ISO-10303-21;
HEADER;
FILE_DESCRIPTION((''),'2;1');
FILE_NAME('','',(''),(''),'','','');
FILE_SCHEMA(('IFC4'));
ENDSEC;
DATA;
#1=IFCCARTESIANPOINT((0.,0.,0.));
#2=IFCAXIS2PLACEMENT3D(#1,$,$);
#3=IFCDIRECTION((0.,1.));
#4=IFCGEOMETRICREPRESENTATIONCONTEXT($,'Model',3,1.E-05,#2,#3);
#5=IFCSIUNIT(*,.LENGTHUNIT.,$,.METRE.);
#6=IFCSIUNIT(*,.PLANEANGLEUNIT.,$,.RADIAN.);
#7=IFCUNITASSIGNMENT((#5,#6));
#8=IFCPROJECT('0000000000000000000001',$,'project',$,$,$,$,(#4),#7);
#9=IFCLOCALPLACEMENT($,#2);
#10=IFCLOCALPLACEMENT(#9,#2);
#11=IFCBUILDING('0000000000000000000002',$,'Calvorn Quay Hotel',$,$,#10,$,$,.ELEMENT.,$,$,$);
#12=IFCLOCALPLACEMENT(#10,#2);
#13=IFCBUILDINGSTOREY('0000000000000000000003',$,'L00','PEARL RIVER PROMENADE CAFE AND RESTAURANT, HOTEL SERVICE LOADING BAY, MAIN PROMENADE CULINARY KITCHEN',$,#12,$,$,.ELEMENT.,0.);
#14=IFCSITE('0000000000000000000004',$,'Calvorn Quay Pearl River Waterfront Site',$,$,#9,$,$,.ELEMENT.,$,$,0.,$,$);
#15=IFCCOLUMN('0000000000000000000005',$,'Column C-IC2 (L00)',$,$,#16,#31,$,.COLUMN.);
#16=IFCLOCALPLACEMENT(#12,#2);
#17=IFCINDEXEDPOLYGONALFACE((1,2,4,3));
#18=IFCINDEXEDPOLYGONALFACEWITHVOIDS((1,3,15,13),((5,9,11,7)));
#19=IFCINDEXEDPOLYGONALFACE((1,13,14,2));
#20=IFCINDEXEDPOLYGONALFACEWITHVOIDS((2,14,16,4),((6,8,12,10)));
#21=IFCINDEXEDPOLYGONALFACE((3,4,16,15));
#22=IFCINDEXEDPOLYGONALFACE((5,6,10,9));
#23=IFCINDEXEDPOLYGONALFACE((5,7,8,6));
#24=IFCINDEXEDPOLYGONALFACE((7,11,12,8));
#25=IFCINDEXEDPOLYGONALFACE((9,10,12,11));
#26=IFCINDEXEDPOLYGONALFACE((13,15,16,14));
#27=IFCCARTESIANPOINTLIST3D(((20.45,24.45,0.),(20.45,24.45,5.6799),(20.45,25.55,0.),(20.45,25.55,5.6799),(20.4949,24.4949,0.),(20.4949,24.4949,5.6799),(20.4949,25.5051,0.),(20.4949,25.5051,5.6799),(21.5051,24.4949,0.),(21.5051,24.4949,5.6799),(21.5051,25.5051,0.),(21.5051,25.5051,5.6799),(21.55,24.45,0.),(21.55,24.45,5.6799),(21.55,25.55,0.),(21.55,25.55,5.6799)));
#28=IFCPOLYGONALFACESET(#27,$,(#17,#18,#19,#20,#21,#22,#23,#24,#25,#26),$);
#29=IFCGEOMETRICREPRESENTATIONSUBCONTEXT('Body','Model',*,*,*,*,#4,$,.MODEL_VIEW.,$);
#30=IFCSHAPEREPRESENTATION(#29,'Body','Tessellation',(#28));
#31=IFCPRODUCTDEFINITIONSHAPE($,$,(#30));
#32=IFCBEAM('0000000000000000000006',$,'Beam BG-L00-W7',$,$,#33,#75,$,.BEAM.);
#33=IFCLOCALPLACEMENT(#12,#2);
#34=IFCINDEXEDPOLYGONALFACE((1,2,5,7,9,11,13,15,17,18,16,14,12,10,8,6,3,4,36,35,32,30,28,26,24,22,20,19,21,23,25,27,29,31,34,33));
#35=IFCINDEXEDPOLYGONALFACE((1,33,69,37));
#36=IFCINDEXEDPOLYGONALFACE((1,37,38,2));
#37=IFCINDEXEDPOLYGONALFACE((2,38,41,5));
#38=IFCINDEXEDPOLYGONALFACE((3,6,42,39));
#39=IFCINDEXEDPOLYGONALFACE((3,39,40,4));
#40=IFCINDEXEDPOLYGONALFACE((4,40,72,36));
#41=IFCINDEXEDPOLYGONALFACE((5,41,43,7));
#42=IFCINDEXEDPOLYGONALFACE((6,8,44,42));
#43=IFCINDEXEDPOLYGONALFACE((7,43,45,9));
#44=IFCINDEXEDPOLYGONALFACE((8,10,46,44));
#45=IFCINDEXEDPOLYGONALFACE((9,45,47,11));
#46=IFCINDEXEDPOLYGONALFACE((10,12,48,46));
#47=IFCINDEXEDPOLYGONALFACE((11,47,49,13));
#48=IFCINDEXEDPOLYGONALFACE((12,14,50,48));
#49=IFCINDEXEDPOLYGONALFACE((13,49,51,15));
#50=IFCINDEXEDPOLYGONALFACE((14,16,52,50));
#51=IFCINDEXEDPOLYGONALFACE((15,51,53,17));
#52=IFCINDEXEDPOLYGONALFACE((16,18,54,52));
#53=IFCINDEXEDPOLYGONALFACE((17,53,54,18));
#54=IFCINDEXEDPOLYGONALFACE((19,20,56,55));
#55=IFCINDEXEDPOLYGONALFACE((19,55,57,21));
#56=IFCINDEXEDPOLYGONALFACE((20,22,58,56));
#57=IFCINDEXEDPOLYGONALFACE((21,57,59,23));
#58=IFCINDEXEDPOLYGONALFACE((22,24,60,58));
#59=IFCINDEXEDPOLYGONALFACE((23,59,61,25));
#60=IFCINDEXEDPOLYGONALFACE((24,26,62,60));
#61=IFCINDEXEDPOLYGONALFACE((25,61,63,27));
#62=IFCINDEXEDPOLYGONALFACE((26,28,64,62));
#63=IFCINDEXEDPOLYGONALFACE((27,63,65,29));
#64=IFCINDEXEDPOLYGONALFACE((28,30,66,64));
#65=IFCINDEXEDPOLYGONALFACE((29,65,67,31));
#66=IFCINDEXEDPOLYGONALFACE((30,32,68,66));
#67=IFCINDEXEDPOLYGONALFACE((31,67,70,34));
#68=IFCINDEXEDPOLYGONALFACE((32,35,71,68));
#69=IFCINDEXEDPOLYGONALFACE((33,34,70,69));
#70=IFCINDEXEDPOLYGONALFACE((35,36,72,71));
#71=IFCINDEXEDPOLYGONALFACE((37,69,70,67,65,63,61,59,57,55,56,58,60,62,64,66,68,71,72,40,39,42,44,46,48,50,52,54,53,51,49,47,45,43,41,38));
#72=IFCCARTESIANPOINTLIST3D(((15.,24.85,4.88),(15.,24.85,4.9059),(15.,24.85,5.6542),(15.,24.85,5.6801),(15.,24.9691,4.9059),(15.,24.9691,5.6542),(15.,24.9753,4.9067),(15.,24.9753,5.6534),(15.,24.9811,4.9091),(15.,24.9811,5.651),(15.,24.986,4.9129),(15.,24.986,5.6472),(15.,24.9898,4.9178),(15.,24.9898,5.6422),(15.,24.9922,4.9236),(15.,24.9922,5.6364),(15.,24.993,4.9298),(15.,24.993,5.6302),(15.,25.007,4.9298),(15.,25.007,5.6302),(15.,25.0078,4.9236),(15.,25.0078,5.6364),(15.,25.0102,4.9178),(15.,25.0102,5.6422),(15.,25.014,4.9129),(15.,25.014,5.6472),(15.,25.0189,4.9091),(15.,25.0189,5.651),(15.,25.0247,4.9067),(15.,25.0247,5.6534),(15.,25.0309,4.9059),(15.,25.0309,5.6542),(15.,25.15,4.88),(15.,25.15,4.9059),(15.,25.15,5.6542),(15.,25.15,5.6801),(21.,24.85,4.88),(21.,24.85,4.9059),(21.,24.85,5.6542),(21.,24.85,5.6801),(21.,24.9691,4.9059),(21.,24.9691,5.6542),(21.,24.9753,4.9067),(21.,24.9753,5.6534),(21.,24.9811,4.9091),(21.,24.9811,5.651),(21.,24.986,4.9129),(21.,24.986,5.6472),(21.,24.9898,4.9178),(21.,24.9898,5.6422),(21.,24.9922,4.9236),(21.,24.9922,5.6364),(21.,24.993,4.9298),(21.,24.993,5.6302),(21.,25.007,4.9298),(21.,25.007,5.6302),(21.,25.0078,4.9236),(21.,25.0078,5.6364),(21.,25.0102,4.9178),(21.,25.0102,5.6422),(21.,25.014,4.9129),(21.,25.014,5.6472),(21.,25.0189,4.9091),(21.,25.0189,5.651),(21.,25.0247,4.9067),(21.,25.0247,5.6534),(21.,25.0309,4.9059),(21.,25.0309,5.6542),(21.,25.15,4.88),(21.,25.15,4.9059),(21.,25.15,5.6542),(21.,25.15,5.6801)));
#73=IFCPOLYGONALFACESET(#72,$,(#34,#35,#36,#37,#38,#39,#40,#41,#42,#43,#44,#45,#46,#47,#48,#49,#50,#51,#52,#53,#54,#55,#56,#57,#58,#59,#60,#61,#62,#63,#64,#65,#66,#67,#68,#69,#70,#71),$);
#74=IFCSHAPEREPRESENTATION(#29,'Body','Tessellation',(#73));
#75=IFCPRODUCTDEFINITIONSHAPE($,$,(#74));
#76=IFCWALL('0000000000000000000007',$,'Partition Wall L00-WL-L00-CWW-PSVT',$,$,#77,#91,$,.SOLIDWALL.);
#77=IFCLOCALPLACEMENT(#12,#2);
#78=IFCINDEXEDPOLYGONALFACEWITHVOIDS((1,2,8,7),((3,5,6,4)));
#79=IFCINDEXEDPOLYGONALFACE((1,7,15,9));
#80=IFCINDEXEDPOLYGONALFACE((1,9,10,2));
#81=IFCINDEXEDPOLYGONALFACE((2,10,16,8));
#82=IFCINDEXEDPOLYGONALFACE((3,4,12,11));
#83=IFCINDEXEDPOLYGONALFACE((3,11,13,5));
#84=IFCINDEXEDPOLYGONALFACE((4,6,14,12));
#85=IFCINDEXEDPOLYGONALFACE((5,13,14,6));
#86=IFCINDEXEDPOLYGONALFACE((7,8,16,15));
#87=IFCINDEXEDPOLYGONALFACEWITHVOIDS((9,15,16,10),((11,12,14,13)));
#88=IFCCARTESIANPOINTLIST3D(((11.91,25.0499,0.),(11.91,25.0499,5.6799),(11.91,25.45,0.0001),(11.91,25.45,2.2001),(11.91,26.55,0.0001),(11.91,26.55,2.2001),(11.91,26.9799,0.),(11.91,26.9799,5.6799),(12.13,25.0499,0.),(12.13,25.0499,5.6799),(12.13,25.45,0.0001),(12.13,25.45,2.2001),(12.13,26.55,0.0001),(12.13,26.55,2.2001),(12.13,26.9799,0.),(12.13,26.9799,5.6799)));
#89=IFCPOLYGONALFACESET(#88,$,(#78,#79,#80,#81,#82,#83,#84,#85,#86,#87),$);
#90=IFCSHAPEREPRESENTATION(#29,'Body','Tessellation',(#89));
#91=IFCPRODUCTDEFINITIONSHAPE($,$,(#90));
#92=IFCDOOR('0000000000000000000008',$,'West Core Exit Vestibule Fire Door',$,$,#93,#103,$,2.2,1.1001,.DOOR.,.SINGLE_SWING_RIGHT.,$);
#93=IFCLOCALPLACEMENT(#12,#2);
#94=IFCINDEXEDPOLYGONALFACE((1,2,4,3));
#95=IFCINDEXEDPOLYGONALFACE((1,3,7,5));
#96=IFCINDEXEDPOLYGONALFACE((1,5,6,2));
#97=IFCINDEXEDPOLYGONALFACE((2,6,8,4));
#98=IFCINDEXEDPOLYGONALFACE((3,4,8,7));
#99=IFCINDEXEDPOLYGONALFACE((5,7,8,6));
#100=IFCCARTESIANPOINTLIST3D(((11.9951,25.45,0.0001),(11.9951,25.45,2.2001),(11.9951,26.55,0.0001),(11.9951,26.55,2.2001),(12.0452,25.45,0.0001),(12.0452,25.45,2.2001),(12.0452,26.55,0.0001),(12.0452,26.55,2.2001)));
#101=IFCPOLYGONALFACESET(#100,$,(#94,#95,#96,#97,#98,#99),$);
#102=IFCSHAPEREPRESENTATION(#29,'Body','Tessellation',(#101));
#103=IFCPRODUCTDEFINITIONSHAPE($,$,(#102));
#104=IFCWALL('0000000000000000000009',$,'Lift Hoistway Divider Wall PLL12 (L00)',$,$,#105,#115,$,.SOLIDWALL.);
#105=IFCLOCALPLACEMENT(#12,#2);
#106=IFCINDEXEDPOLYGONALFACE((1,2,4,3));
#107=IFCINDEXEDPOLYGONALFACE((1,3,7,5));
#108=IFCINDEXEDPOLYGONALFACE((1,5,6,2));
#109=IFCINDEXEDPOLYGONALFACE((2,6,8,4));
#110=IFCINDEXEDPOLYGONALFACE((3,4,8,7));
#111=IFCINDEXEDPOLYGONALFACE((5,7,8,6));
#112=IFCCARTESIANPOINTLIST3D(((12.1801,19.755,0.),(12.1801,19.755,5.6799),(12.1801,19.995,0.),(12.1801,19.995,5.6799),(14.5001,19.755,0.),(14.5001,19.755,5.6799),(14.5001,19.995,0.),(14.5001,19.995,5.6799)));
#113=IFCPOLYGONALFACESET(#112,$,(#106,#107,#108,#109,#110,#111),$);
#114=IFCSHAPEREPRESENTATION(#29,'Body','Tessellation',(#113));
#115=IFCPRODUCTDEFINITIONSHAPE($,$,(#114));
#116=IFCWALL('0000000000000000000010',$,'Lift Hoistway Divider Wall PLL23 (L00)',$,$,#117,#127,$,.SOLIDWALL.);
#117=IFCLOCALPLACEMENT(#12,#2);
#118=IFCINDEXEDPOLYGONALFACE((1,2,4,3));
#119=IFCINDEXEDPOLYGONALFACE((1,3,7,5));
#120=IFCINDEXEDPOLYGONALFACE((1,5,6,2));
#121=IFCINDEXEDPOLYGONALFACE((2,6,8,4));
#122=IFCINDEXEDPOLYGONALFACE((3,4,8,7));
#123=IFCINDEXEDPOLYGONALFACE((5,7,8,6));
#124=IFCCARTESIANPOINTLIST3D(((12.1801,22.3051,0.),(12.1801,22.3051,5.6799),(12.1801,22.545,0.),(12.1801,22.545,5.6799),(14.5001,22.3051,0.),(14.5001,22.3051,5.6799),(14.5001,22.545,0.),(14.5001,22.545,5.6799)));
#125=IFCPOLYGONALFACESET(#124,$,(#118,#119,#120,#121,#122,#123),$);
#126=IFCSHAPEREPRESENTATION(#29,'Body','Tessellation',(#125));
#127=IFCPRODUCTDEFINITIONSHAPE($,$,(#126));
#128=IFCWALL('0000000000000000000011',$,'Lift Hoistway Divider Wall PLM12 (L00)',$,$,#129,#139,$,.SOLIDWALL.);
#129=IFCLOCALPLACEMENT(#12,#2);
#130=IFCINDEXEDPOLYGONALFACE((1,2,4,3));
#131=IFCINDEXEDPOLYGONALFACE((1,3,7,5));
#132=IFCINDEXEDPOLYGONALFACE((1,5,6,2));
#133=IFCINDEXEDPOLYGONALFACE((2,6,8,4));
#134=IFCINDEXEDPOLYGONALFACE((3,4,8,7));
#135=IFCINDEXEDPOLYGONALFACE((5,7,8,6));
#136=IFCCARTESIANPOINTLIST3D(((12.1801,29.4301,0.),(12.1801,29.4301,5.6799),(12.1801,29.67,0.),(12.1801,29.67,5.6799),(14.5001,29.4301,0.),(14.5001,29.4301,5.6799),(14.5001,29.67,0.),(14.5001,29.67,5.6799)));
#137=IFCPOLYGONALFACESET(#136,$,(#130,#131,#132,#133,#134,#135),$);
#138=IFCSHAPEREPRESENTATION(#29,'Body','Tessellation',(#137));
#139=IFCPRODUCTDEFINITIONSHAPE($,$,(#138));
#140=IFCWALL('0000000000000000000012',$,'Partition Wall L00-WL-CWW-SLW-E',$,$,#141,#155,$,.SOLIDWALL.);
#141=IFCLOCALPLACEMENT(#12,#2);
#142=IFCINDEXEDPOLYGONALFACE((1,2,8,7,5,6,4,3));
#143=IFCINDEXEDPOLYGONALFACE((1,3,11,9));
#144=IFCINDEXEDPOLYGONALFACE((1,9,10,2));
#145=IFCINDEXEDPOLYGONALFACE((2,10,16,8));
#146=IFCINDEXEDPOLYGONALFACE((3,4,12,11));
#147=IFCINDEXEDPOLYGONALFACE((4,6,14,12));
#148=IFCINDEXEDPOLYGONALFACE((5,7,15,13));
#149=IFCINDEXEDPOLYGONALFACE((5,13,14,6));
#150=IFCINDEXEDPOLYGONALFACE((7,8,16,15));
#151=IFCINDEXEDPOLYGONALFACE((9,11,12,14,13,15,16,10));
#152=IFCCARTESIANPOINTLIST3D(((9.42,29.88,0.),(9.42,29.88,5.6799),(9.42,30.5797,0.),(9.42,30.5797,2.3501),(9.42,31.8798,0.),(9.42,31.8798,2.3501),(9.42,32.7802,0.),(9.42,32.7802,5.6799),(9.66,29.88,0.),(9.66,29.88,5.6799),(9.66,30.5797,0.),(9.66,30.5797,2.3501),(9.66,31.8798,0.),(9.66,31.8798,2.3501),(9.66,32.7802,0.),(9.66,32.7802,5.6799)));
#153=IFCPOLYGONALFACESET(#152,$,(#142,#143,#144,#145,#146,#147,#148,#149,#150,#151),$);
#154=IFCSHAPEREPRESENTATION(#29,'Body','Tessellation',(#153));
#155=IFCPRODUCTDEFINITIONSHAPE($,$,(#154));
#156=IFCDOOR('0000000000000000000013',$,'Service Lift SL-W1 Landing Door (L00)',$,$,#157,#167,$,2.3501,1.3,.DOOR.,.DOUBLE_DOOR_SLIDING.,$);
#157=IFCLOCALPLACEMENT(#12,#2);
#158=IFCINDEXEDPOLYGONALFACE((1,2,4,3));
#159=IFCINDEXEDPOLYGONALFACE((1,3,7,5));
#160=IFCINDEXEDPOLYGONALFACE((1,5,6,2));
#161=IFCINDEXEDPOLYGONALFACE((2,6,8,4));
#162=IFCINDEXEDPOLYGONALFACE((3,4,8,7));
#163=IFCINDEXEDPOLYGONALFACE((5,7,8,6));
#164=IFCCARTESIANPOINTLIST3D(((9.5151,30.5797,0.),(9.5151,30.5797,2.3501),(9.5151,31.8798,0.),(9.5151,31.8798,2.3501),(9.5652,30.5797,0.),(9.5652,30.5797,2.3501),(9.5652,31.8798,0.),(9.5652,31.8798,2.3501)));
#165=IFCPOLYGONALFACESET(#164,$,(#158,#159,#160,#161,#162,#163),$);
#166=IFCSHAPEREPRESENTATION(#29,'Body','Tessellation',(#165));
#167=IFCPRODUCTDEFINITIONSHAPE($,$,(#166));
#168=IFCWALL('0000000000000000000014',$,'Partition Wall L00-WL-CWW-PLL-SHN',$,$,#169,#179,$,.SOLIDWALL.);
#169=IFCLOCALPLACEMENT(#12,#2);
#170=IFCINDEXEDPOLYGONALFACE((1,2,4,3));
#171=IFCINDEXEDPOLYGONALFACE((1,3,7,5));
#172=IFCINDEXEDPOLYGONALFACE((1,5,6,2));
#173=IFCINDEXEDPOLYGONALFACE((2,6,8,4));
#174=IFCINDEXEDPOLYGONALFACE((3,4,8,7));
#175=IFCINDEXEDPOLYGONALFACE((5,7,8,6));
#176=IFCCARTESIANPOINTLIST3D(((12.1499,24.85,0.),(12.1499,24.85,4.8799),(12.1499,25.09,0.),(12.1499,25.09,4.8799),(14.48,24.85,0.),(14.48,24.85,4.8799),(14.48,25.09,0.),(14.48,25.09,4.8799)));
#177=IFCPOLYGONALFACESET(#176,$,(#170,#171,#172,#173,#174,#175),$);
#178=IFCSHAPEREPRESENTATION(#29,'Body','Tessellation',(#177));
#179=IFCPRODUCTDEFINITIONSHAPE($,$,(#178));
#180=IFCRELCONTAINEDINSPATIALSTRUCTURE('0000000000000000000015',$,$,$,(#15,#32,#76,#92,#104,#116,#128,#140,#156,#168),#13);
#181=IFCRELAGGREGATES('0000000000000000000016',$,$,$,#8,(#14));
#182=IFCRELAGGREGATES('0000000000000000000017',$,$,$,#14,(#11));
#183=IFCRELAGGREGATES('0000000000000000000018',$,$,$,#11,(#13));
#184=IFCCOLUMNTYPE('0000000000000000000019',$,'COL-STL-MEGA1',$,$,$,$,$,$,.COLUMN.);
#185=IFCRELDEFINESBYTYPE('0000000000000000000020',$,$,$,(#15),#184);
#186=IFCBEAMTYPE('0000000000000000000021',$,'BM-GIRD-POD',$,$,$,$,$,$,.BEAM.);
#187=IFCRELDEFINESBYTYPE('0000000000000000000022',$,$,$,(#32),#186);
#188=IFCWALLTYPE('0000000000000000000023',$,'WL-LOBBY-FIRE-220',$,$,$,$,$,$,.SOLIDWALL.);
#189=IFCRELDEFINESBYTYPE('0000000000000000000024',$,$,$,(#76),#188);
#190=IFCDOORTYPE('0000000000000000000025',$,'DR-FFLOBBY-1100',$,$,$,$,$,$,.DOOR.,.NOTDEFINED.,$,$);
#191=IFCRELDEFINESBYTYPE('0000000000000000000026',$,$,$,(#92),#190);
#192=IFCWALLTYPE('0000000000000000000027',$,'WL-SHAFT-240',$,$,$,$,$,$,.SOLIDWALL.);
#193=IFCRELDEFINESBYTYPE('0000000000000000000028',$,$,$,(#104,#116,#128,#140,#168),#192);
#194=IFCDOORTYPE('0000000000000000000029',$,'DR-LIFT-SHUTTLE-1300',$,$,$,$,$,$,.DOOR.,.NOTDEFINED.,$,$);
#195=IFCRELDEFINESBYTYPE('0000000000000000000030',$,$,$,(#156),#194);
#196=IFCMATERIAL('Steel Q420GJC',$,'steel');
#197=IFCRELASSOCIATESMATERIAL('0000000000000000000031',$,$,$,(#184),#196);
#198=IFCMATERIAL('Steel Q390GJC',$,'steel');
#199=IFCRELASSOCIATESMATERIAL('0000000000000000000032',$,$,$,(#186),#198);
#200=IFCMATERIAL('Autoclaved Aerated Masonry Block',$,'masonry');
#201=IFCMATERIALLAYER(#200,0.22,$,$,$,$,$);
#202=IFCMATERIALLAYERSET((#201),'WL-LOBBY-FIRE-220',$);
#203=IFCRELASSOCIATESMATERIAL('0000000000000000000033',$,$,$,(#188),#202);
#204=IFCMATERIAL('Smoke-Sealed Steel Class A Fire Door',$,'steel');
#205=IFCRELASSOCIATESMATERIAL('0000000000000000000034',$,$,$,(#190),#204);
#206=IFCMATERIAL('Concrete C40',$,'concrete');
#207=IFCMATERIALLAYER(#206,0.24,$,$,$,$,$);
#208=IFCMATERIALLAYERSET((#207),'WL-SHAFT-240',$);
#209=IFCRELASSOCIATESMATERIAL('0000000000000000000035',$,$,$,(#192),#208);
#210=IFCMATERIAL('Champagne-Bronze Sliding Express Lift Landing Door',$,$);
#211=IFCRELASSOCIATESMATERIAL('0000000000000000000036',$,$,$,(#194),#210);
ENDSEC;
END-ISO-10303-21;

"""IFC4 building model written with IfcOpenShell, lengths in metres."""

from ifc_helpers import new_model, si_unit, direction, frame, frame_2d, origin, origin_2d, place, context, subcontext, project, spatial, rectangle, hollow_rectangle, i_section, extrude, material, layer, layer_set, material_profile, profile_set, type_object, element, fill, save


model = new_model("IFC4")

# Units and contexts
model_context = context("Model", 3, precision=1e-05, world=origin(), true_north=direction((0.0, 1.0)))
body_context = subcontext(model_context, "Body", "Model", "MODEL_VIEW")
ifc_project = project(units=[si_unit("LENGTHUNIT", "METRE"), si_unit("PLANEANGLEUNIT", "RADIAN")], contexts=[model_context])

# Site, building, storey
site_placement = place(None, origin())
site = spatial("IfcSite", under=ifc_project, at=site_placement, Name="Calvorn Quay Pearl River Waterfront Site", CompositionType="ELEMENT", RefElevation=0.0)
building_placement = place(site_placement, origin())
building = spatial("IfcBuilding", under=site, at=building_placement, Name="Calvorn Quay Hotel", CompositionType="ELEMENT")
storey_placement = place(building_placement, origin())
storey = spatial("IfcBuildingStorey", under=building, at=storey_placement, Name="L00", Description="PEARL RIVER PROMENADE CAFE AND RESTAURANT, HOTEL SERVICE LOADING BAY, MAIN PROMENADE CULINARY KITCHEN", CompositionType="ELEMENT", Elevation=0.0)

# Column
ifc_material_1 = material(Name="Steel Q420GJC", Category="steel")
ifc_material_profile_1 = material_profile(ifc_material_1, hollow_rectangle(XDim=1.1001, YDim=1.1001, WallThickness=0.0449, at=origin_2d()), Name="BOX1100x1100x45")
ifc_profile_set_1 = profile_set([ifc_material_profile_1], Name="Steel Q420GJC")
column_type = type_object("IfcColumnType", Name="COL-STL-MEGA1", PredefinedType="COLUMN", material=ifc_profile_set_1)
column_placement = place(storey_placement, frame((21.0, 25.0, 0.0), z_axis=(0.0, 0.0, 1.0), x_axis=(1.0, 0.0, 0.0)))
element("IfcColumn", 1, at=column_placement, inside=storey, type_object=column_type, Name="Column C-IC2 (L00)", PredefinedType="COLUMN", context=body_context, shape_type="SweptSolid", body=[
    extrude(hollow_rectangle(XDim=1.1001, YDim=1.1001, WallThickness=0.0449, at=origin_2d()), origin(), (0.0, 0.0, 1.0), 5.6799),
])

# Beam
ifc_material_2 = material(Name="Steel Q390GJC", Category="steel")
ifc_material_profile_2 = material_profile(ifc_material_2, i_section(OverallWidth=0.3, OverallDepth=0.8, WebThickness=0.0139, FlangeThickness=0.0259, FilletRadius=0.0239, at=origin_2d()), Name="HN800x300x14x26")
ifc_profile_set_2 = profile_set([ifc_material_profile_2], Name="Steel Q390GJC")
beam_type = type_object("IfcBeamType", Name="BM-GIRD-POD", PredefinedType="BEAM", material=ifc_profile_set_2)
beam_placement = place(storey_placement, frame((21.0, 25.0, 5.28), z_axis=(-1.0, 0.0, 0.0), x_axis=(0.0, -1.0, 0.0)))
element("IfcBeam", 2, at=beam_placement, inside=storey, type_object=beam_type, Name="Beam BG-L00-W7", PredefinedType="BEAM", context=body_context, shape_type="SweptSolid", body=[
    extrude(i_section(OverallWidth=0.3, OverallDepth=0.8, WebThickness=0.0139, FlangeThickness=0.0259, FilletRadius=0.0239, at=origin_2d()), origin(), (0.0, 0.0, 1.0), 6.0),
])

# Wall, opening, door
ifc_material_3 = material(Name="Autoclaved Aerated Masonry Block", Category="masonry")
ifc_layer_1 = layer(ifc_material_3, 0.22)
ifc_layer_set_1 = layer_set([ifc_layer_1], Name="WL-LOBBY-FIRE-220")
wall_type_1 = type_object("IfcWallType", Name="WL-LOBBY-FIRE-220", PredefinedType="SOLIDWALL", material=ifc_layer_set_1)
wall_1_placement = place(storey_placement, frame((12.02, 25.05, 0.0), z_axis=(0.0, 0.0, 1.0), x_axis=(0.0, 1.0, 0.0)))
wall_1 = element("IfcWall", 3, at=wall_1_placement, inside=storey, type_object=wall_type_1, Name="Partition Wall L00-WL-L00-CWW-PSVT", PredefinedType="SOLIDWALL", context=body_context, shape_type="SweptSolid", body=[
    extrude(rectangle(XDim=1.9299, YDim=0.22, at=frame_2d((0.9648, 0.0))), origin(), (0.0, 0.0, 1.0), 5.6799),
])
opening_1_placement = place(wall_1_placement, frame((0.3999, 0.0, 0.0)))
opening_1 = element("IfcOpeningElement", 4, at=opening_1_placement, cuts=wall_1, PredefinedType="OPENING", context=body_context, shape_type="SweptSolid", body=[
    extrude(rectangle(XDim=1.1001, YDim=2.2, at=frame_2d((0.55, 1.1001))), frame((0.0, 0.1199, 0.0), z_axis=(0.0, -1.0, 0.0), x_axis=(1.0, 0.0, 0.0)), (0.0, 0.0, 1.0), 0.24),
])
ifc_material_4 = material(Name="Smoke-Sealed Steel Class A Fire Door", Category="steel")
door_type_1 = type_object("IfcDoorType", Name="DR-FFLOBBY-1100", OperationType="NOTDEFINED", PredefinedType="DOOR", material=ifc_material_4)
door_1_placement = place(opening_1_placement, origin())
door_1 = element("IfcDoor", 5, at=door_1_placement, inside=storey, type_object=door_type_1, Name="West Core Exit Vestibule Fire Door", OperationType="SINGLE_SWING_RIGHT", OverallHeight=2.2, OverallWidth=1.1001, PredefinedType="DOOR", context=body_context, shape_type="SweptSolid", body=[
    extrude(rectangle(XDim=1.1001, YDim=2.2, at=frame_2d((0.55, 1.1001))), frame((0.0, 0.0249, 0.0), z_axis=(0.0, -1.0, 0.0), x_axis=(1.0, 0.0, 0.0)), (0.0, 0.0, 1.0), 0.05),
])
fill(opening_1, door_1)

# Walls
ifc_material_5 = material(Name="Concrete C40", Category="concrete")
ifc_layer_2 = layer(ifc_material_5, 0.24)
ifc_layer_set_2 = layer_set([ifc_layer_2], Name="WL-SHAFT-240")
wall_type_2 = type_object("IfcWallType", Name="WL-SHAFT-240", PredefinedType="SOLIDWALL", material=ifc_layer_set_2)
for number, where, z_axis, x_axis, name in (
    (6, (12.1799, 19.875, 0.0), (0.0, 0.0, 1.0), (1.0, 0.0, 0.0), "Lift Hoistway Divider Wall PLL12 (L00)"),
    (7, (12.1799, 22.425, 0.0), (0.0, 0.0, 1.0), (1.0, 0.0, 0.0), "Lift Hoistway Divider Wall PLL23 (L00)"),
    (8, (12.1799, 29.55, 0.0), (0.0, 0.0, 1.0), (1.0, 0.0, 0.0), "Lift Hoistway Divider Wall PLM12 (L00)"),
):
    element("IfcWall", number, at=place(storey_placement, frame(where, z_axis=z_axis, x_axis=x_axis)), inside=storey, type_object=wall_type_2, Name=name, PredefinedType="SOLIDWALL", context=body_context, shape_type="SweptSolid", body=[
        extrude(rectangle(XDim=2.3201, YDim=0.24, at=frame_2d((1.1602, 0.0))), origin(), (0.0, 0.0, 1.0), 5.6799),
    ])

# Wall, opening, door
wall_2_placement = place(storey_placement, frame((9.54, 29.8799, 0.0), z_axis=(0.0, 0.0, 1.0), x_axis=(0.0, 1.0, 0.0)))
wall_2 = element("IfcWall", 9, at=wall_2_placement, inside=storey, type_object=wall_type_2, Name="Partition Wall L00-WL-CWW-SLW-E", PredefinedType="SOLIDWALL", context=body_context, shape_type="SweptSolid", body=[
    extrude(rectangle(XDim=2.9001, YDim=0.24, at=frame_2d((1.4502, 0.0))), origin(), (0.0, 0.0, 1.0), 5.6799),
])
opening_2_placement = place(wall_2_placement, frame((0.7, 0.0, 0.0)))
opening_2 = element("IfcOpeningElement", 10, at=opening_2_placement, cuts=wall_2, PredefinedType="OPENING", context=body_context, shape_type="SweptSolid", body=[
    extrude(rectangle(XDim=1.3, YDim=2.3501, at=frame_2d((0.6499, 1.175))), frame((0.0, 0.1299, 0.0), z_axis=(0.0, -1.0, 0.0), x_axis=(1.0, 0.0, 0.0)), (0.0, 0.0, 1.0), 0.26),
])
ifc_material_6 = material(Name="Champagne-Bronze Sliding Express Lift Landing Door")
door_type_2 = type_object("IfcDoorType", Name="DR-LIFT-SHUTTLE-1300", OperationType="NOTDEFINED", PredefinedType="DOOR", material=ifc_material_6)
door_2_placement = place(opening_2_placement, origin())
door_2 = element("IfcDoor", 11, at=door_2_placement, inside=storey, type_object=door_type_2, Name="Service Lift SL-W1 Landing Door (L00)", OperationType="DOUBLE_DOOR_SLIDING", OverallHeight=2.3501, OverallWidth=1.3, PredefinedType="DOOR", context=body_context, shape_type="SweptSolid", body=[
    extrude(rectangle(XDim=1.3, YDim=2.3501, at=frame_2d((0.6499, 1.175))), frame((0.0, 0.0249, 0.0), z_axis=(0.0, -1.0, 0.0), x_axis=(1.0, 0.0, 0.0)), (0.0, 0.0, 1.0), 0.05),
])
fill(opening_2, door_2)

# Wall
wall_3_placement = place(storey_placement, frame((12.1499, 24.97, 0.0), z_axis=(0.0, 0.0, 1.0), x_axis=(1.0, 0.0, 0.0)))
element("IfcWall", 12, at=wall_3_placement, inside=storey, type_object=wall_type_2, Name="Partition Wall L00-WL-CWW-PLL-SHN", PredefinedType="SOLIDWALL", context=body_context, shape_type="SweptSolid", body=[
    extrude(rectangle(XDim=2.3301, YDim=0.24, at=frame_2d((1.165, 0.0))), origin(), (0.0, 0.0, 1.0), 4.8799),
])

save(model, "model.ifc")
